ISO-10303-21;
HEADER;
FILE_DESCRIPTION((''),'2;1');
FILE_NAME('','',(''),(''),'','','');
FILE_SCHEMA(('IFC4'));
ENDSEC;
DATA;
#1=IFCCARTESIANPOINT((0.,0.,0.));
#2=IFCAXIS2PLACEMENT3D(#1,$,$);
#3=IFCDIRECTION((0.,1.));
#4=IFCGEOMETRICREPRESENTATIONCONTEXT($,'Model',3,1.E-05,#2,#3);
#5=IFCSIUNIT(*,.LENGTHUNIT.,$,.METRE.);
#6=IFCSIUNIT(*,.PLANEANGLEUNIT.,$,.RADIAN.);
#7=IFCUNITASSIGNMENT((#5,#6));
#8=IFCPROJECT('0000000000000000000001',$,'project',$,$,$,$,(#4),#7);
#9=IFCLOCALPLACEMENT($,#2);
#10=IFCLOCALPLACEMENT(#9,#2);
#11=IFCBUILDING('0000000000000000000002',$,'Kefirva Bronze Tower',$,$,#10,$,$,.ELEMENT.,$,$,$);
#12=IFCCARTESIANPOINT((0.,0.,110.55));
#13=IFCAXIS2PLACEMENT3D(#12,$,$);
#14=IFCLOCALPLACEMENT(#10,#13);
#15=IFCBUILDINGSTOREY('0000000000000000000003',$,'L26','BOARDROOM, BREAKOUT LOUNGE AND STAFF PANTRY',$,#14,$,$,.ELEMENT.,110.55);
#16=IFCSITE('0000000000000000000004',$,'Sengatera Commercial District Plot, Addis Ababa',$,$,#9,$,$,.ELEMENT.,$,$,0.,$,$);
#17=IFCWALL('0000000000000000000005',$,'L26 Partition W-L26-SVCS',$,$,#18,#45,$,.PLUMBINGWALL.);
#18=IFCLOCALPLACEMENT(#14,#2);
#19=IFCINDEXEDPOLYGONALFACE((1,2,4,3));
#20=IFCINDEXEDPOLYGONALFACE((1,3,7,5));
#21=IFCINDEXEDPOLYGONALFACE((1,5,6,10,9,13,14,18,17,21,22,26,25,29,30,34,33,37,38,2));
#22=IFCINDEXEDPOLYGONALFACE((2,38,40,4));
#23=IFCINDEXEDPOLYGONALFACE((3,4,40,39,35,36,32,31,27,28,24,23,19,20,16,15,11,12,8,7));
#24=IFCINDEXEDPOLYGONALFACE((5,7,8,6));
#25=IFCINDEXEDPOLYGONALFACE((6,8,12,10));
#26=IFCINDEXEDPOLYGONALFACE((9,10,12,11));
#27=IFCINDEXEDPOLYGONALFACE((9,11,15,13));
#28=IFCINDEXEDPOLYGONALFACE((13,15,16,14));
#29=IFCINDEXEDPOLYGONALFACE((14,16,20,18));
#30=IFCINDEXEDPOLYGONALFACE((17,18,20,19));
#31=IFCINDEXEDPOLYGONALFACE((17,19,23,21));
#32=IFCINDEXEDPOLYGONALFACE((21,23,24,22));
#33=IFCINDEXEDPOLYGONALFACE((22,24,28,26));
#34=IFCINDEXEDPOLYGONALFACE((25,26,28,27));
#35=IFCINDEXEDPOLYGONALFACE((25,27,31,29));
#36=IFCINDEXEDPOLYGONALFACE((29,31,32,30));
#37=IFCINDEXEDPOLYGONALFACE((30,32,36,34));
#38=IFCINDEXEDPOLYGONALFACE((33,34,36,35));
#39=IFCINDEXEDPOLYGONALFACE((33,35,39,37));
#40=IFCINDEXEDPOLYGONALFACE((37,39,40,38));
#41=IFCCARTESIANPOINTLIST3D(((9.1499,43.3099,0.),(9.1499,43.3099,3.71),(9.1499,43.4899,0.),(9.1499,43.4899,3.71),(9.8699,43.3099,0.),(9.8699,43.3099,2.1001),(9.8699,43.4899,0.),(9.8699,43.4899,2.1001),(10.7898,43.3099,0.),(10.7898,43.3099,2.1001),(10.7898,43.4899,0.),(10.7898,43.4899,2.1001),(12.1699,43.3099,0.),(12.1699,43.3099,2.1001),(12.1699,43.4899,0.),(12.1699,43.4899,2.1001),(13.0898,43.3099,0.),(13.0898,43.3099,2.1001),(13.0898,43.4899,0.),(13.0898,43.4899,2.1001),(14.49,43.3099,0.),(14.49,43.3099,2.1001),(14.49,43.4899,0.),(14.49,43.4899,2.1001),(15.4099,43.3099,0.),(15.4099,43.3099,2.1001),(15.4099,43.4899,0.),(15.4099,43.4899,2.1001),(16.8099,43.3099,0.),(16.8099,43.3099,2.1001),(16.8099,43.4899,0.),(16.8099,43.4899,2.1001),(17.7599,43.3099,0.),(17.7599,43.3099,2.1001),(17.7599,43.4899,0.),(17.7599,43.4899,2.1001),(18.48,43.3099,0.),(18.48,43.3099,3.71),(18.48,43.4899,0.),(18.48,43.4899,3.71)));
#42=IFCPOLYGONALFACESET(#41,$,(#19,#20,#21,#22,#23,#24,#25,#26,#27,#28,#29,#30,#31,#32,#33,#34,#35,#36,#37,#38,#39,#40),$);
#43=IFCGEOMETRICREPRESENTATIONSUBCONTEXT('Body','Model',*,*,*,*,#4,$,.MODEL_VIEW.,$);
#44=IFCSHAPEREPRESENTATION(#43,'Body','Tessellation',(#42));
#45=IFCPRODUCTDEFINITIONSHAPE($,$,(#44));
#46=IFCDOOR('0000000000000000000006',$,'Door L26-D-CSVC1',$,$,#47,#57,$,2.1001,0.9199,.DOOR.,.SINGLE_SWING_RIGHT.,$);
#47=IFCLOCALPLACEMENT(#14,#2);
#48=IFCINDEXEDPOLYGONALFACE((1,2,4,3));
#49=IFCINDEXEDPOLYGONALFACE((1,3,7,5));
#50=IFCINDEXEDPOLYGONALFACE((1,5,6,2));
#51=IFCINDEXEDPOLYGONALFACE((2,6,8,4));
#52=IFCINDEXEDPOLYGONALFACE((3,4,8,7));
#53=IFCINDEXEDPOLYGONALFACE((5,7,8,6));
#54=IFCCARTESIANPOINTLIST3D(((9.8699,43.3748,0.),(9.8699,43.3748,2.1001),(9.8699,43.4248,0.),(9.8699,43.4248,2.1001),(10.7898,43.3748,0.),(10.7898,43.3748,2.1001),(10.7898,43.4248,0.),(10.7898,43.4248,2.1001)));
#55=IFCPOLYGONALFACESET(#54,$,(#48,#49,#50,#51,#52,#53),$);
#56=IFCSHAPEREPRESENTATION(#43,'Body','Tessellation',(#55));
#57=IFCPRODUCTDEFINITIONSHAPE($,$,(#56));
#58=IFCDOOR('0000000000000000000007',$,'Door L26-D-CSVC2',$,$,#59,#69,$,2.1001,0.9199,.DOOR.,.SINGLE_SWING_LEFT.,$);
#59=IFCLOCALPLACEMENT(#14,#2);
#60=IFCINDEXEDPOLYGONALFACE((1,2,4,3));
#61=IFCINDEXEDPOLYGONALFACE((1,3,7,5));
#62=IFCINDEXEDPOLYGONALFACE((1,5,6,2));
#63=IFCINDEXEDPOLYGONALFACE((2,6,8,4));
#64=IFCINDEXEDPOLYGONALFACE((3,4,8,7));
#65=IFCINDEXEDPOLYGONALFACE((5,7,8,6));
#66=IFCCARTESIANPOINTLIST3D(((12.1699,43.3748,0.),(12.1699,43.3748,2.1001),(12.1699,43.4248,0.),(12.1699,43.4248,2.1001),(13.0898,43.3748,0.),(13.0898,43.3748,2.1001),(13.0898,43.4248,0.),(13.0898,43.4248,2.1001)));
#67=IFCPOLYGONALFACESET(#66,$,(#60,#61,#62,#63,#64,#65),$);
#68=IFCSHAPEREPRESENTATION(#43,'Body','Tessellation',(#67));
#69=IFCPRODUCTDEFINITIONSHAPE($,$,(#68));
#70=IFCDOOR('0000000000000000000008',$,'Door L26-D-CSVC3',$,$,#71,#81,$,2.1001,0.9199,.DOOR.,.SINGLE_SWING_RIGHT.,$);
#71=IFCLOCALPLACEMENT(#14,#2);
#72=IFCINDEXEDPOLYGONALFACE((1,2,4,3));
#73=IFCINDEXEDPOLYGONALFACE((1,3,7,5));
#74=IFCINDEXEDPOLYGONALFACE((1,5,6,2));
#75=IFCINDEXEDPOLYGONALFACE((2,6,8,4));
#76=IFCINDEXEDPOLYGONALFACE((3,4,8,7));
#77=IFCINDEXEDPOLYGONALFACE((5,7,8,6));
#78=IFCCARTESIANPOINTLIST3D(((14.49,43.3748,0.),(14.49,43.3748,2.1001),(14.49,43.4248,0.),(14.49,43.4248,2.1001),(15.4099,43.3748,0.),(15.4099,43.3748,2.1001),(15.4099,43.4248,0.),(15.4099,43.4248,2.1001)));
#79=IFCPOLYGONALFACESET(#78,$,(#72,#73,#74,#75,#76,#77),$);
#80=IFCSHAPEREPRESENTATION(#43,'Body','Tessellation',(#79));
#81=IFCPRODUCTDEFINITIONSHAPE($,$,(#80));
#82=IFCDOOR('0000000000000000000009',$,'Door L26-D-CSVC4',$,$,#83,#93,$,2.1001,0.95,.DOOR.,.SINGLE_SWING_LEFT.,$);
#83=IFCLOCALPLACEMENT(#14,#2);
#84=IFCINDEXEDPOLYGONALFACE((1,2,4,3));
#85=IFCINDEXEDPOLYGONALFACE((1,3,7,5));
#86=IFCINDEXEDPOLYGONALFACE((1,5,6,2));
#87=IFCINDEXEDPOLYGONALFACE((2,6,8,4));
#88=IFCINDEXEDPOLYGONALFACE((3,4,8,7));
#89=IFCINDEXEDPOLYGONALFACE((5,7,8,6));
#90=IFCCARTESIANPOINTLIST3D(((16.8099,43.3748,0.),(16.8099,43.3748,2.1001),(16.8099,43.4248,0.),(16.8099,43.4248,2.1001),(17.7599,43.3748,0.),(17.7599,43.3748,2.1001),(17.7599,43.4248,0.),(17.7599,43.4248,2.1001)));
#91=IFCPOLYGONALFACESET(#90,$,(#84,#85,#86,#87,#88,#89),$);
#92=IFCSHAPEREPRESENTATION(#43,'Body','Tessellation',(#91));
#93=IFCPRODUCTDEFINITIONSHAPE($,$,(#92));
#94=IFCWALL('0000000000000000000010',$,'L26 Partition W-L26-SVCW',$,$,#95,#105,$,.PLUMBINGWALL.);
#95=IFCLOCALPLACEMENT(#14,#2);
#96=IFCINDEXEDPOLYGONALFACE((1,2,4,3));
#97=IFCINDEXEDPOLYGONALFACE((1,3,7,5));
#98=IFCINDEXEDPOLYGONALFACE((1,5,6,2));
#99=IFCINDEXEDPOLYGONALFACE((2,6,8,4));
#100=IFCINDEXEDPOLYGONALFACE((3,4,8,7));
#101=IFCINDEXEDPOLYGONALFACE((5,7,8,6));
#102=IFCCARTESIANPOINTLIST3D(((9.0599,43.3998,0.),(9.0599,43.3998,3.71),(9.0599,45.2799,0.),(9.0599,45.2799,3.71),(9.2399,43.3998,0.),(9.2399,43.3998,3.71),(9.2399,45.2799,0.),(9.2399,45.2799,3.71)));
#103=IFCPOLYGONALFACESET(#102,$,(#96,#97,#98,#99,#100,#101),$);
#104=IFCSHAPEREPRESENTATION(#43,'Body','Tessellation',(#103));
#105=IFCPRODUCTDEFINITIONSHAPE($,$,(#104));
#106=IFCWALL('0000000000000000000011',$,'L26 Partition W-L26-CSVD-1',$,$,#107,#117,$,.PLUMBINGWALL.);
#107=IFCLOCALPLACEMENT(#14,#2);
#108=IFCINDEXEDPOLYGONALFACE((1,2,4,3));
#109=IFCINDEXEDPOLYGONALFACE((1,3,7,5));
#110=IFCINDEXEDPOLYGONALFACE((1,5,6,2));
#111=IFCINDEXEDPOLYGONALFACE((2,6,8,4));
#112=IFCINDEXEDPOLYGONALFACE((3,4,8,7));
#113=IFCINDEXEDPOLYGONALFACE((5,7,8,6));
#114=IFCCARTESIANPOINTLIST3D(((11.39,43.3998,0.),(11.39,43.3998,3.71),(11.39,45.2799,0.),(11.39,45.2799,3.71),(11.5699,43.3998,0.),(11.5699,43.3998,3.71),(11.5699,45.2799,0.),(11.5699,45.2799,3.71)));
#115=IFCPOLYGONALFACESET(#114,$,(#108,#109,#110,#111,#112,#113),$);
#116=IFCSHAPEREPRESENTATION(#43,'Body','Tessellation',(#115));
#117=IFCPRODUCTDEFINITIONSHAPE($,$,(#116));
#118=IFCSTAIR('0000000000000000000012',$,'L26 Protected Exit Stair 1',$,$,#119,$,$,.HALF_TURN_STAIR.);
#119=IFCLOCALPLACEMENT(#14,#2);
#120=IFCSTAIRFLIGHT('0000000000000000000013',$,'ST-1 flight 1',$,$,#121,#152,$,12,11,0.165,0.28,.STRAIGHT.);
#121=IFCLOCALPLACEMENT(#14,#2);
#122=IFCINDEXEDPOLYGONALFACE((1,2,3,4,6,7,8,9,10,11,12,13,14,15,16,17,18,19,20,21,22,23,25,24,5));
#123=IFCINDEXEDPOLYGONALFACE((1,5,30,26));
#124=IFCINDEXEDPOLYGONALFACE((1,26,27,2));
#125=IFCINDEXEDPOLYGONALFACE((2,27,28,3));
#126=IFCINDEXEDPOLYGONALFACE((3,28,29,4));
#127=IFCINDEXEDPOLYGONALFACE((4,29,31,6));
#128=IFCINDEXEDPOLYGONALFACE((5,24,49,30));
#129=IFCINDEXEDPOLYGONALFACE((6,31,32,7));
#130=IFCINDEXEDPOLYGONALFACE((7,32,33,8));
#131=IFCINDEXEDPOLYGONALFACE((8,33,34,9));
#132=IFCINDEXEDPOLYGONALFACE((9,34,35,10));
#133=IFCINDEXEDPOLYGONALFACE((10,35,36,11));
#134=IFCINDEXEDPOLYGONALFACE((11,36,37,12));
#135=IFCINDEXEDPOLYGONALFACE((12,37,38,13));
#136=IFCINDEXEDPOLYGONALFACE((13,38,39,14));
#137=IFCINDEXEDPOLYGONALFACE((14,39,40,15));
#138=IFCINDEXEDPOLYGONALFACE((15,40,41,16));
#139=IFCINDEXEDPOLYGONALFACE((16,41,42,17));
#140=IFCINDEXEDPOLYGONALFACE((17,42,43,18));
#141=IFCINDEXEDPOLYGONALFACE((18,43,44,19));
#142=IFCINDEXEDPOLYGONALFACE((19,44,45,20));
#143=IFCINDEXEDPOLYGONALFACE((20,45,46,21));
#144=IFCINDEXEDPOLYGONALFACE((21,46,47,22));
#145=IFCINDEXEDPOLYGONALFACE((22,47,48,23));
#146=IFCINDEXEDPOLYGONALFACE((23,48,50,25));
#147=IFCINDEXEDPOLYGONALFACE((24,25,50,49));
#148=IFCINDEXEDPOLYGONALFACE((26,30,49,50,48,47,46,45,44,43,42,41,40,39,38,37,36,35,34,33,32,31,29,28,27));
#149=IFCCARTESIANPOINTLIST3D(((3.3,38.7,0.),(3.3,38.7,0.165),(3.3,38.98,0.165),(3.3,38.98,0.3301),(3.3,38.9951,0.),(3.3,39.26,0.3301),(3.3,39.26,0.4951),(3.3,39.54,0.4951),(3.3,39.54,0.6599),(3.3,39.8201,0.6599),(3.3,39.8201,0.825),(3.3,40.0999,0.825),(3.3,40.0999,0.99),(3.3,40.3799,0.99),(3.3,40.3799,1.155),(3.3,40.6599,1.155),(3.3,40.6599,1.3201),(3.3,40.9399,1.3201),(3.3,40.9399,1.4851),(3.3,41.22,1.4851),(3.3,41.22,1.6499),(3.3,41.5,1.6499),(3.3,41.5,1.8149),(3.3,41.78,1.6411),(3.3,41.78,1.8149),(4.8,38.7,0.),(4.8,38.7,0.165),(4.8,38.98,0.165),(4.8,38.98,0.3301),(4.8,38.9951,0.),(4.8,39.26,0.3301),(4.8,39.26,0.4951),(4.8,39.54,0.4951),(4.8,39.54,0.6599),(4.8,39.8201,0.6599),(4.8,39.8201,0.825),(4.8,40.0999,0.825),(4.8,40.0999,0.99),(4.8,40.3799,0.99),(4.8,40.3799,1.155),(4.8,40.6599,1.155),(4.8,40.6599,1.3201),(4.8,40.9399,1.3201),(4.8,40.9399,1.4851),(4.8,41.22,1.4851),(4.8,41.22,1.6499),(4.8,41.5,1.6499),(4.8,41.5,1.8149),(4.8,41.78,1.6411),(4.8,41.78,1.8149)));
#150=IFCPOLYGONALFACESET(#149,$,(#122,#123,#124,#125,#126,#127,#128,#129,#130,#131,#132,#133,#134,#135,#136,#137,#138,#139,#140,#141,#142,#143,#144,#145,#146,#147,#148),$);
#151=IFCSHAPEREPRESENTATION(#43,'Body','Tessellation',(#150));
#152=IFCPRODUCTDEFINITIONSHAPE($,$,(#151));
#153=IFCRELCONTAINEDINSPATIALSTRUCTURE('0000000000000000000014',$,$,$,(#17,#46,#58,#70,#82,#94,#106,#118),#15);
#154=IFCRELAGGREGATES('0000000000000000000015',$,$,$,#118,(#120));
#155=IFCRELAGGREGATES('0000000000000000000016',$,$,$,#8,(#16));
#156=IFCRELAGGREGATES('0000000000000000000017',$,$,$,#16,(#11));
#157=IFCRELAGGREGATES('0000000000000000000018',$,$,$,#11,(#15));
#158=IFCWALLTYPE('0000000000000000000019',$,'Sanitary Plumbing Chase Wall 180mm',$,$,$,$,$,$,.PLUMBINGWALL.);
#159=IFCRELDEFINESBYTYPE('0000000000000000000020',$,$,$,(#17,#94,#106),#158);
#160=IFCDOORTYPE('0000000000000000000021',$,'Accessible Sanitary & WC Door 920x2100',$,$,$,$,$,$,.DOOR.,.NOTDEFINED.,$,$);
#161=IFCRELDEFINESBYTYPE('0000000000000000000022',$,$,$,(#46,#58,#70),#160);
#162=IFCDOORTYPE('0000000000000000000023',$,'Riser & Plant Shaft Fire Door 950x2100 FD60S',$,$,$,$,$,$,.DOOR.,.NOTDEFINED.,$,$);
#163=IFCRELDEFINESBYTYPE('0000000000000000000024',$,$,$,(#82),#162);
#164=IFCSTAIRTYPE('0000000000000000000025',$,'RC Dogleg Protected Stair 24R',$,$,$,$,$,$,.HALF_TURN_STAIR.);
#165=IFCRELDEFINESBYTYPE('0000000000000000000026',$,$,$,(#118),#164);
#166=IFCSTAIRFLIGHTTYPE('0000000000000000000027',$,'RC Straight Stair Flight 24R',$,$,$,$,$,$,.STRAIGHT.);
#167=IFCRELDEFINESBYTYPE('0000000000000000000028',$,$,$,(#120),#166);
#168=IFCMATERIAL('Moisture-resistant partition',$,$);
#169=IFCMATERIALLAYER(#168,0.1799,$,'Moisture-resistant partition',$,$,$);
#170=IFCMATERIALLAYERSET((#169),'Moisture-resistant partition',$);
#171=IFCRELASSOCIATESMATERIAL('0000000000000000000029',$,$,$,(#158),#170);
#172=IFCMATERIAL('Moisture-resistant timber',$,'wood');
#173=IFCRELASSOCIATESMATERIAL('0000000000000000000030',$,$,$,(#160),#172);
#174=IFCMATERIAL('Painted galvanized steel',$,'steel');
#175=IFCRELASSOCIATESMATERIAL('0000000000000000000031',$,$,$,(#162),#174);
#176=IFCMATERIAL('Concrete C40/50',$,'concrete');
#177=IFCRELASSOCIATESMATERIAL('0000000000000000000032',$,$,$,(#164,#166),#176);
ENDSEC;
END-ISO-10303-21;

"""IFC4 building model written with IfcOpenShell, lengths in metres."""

from ifc_helpers import new_model, si_unit, direction, frame, frame_2d, origin, place, context, subcontext, project, spatial, polyline, rectangle, outline, extrude, material, layer, layer_set, type_object, element, fill, aggregate, save


model = new_model("IFC4")

# Units and contexts
model_context = context("Model", 3, precision=1e-05, world=origin(), true_north=direction((0.0, 1.0)))
body_context = subcontext(model_context, "Body", "Model", "MODEL_VIEW")
ifc_project = project(units=[si_unit("LENGTHUNIT", "METRE"), si_unit("PLANEANGLEUNIT", "RADIAN")], contexts=[model_context])

# Site, building, storey
site_placement = place(None, origin())
site = spatial("IfcSite", under=ifc_project, at=site_placement, Name="Sengatera Commercial District Plot, Addis Ababa", CompositionType="ELEMENT", RefElevation=0.0)
building_placement = place(site_placement, origin())
building = spatial("IfcBuilding", under=site, at=building_placement, Name="Kefirva Bronze Tower", CompositionType="ELEMENT")
storey_placement = place(building_placement, frame((0.0, 0.0, 110.55)))
storey = spatial("IfcBuildingStorey", under=building, at=storey_placement, Name="L26", Description="BOARDROOM, BREAKOUT LOUNGE AND STAFF PANTRY", CompositionType="ELEMENT", Elevation=110.55)

# Wall, openings, doors
ifc_material_1 = material(Name="Moisture-resistant partition")
ifc_layer_1 = layer(ifc_material_1, 0.1799, Name="Moisture-resistant partition")
ifc_layer_set_1 = layer_set([ifc_layer_1], Name="Moisture-resistant partition")
wall_type_1 = type_object("IfcWallType", Name="Sanitary Plumbing Chase Wall 180mm", PredefinedType="PLUMBINGWALL", material=ifc_layer_set_1)
wall_1_placement = place(storey_placement, frame((9.1499, 43.3999, 0.0), z_axis=(0.0, 0.0, 1.0), x_axis=(1.0, 0.0, 0.0)))
wall_1 = element("IfcWall", 1, at=wall_1_placement, inside=storey, type_object=wall_type_1, Name="L26 Partition W-L26-SVCS", PredefinedType="PLUMBINGWALL", context=body_context, shape_type="SweptSolid", body=[
    extrude(rectangle(XDim=9.3301, YDim=0.1799, at=frame_2d((4.665, 0.0))), origin(), (0.0, 0.0, 1.0), 3.71),
])
opening_1_placement = place(wall_1_placement, frame((0.72, 0.0, 0.0)))
opening_1 = element("IfcOpeningElement", 2, at=opening_1_placement, cuts=wall_1, PredefinedType="OPENING", context=body_context, shape_type="SweptSolid", body=[
    extrude(rectangle(XDim=0.9199, YDim=2.1001, at=frame_2d((0.46, 1.05))), frame((0.0, 0.1001, 0.0), z_axis=(0.0, -1.0, 0.0), x_axis=(1.0, 0.0, 0.0)), (0.0, 0.0, 1.0), 0.2),
])
opening_2_placement = place(wall_1_placement, frame((3.02, 0.0, 0.0)))
opening_2 = element("IfcOpeningElement", 3, at=opening_2_placement, cuts=wall_1, PredefinedType="OPENING", context=body_context, shape_type="SweptSolid", body=[
    extrude(rectangle(XDim=0.9199, YDim=2.1001, at=frame_2d((0.46, 1.05))), frame((0.0, 0.1001, 0.0), z_axis=(0.0, -1.0, 0.0), x_axis=(1.0, 0.0, 0.0)), (0.0, 0.0, 1.0), 0.2),
])
opening_3_placement = place(wall_1_placement, frame((5.3401, 0.0, 0.0)))
opening_3 = element("IfcOpeningElement", 4, at=opening_3_placement, cuts=wall_1, PredefinedType="OPENING", context=body_context, shape_type="SweptSolid", body=[
    extrude(rectangle(XDim=0.9199, YDim=2.1001, at=frame_2d((0.46, 1.05))), frame((0.0, 0.1001, 0.0), z_axis=(0.0, -1.0, 0.0), x_axis=(1.0, 0.0, 0.0)), (0.0, 0.0, 1.0), 0.2),
])
opening_4_placement = place(wall_1_placement, frame((7.6599, 0.0, 0.0)))
opening_4 = element("IfcOpeningElement", 5, at=opening_4_placement, cuts=wall_1, PredefinedType="OPENING", context=body_context, shape_type="SweptSolid", body=[
    extrude(rectangle(XDim=0.95, YDim=2.1001, at=frame_2d((0.4751, 1.05))), frame((0.0, 0.1001, 0.0), z_axis=(0.0, -1.0, 0.0), x_axis=(1.0, 0.0, 0.0)), (0.0, 0.0, 1.0), 0.2),
])
ifc_material_2 = material(Name="Moisture-resistant timber", Category="wood")
door_type_1 = type_object("IfcDoorType", Name="Accessible Sanitary & WC Door 920x2100", OperationType="NOTDEFINED", PredefinedType="DOOR", material=ifc_material_2)
door_1_placement = place(opening_1_placement, origin())
door_1 = element("IfcDoor", 6, at=door_1_placement, inside=storey, type_object=door_type_1, Name="Door L26-D-CSVC1", OperationType="SINGLE_SWING_RIGHT", OverallHeight=2.1001, OverallWidth=0.9199, PredefinedType="DOOR", context=body_context, shape_type="SweptSolid", body=[
    extrude(rectangle(XDim=0.9199, YDim=2.1001, at=frame_2d((0.46, 1.05))), frame((0.0, 0.0249, 0.0), z_axis=(0.0, -1.0, 0.0), x_axis=(1.0, 0.0, 0.0)), (0.0, 0.0, 1.0), 0.05),
])
fill(opening_1, door_1)
door_2_placement = place(opening_2_placement, origin())
door_2 = element("IfcDoor", 7, at=door_2_placement, inside=storey, type_object=door_type_1, Name="Door L26-D-CSVC2", OperationType="SINGLE_SWING_LEFT", OverallHeight=2.1001, OverallWidth=0.9199, PredefinedType="DOOR", context=body_context, shape_type="SweptSolid", body=[
    extrude(rectangle(XDim=0.9199, YDim=2.1001, at=frame_2d((0.46, 1.05))), frame((0.0, 0.0249, 0.0), z_axis=(0.0, -1.0, 0.0), x_axis=(1.0, 0.0, 0.0)), (0.0, 0.0, 1.0), 0.05),
])
fill(opening_2, door_2)
door_3_placement = place(opening_3_placement, origin())
door_3 = element("IfcDoor", 8, at=door_3_placement, inside=storey, type_object=door_type_1, Name="Door L26-D-CSVC3", OperationType="SINGLE_SWING_RIGHT", OverallHeight=2.1001, OverallWidth=0.9199, PredefinedType="DOOR", context=body_context, shape_type="SweptSolid", body=[
    extrude(rectangle(XDim=0.9199, YDim=2.1001, at=frame_2d((0.46, 1.05))), frame((0.0, 0.0249, 0.0), z_axis=(0.0, -1.0, 0.0), x_axis=(1.0, 0.0, 0.0)), (0.0, 0.0, 1.0), 0.05),
])
fill(opening_3, door_3)
ifc_material_3 = material(Name="Painted galvanized steel", Category="steel")
door_type_2 = type_object("IfcDoorType", Name="Riser & Plant Shaft Fire Door 950x2100 FD60S", OperationType="NOTDEFINED", PredefinedType="DOOR", material=ifc_material_3)
door_4_placement = place(opening_4_placement, origin())
door_4 = element("IfcDoor", 9, at=door_4_placement, inside=storey, type_object=door_type_2, Name="Door L26-D-CSVC4", OperationType="SINGLE_SWING_LEFT", OverallHeight=2.1001, OverallWidth=0.95, PredefinedType="DOOR", context=body_context, shape_type="SweptSolid", body=[
    extrude(rectangle(XDim=0.95, YDim=2.1001, at=frame_2d((0.4751, 1.05))), frame((0.0, 0.0249, 0.0), z_axis=(0.0, -1.0, 0.0), x_axis=(1.0, 0.0, 0.0)), (0.0, 0.0, 1.0), 0.05),
])
fill(opening_4, door_4)

# Walls
for number, where, z_axis, x_axis, name in (
    (10, (9.1499, 43.3999, 0.0), (0.0, 0.0, 1.0), (0.0, 1.0, 0.0), "L26 Partition W-L26-SVCW"),
    (11, (11.48, 43.3999, 0.0), (0.0, 0.0, 1.0), (0.0, 1.0, 0.0), "L26 Partition W-L26-CSVD-1"),
):
    element("IfcWall", number, at=place(storey_placement, frame(where, z_axis=z_axis, x_axis=x_axis)), inside=storey, type_object=wall_type_1, Name=name, PredefinedType="PLUMBINGWALL", context=body_context, shape_type="SweptSolid", body=[
        extrude(rectangle(XDim=1.8801, YDim=0.1799, at=frame_2d((0.9399, 0.0))), origin(), (0.0, 0.0, 1.0), 3.71),
    ])

# Stair, stair flight
ifc_material_4 = material(Name="Concrete C40/50", Category="concrete")
stair_type = type_object("IfcStairType", Name="RC Dogleg Protected Stair 24R", PredefinedType="HALF_TURN_STAIR", material=ifc_material_4)
stair_placement = place(storey_placement, origin())
stair = element("IfcStair", 12, at=stair_placement, inside=storey, type_object=stair_type, Name="L26 Protected Exit Stair 1", PredefinedType="HALF_TURN_STAIR")
stair_flight_type = type_object("IfcStairFlightType", Name="RC Straight Stair Flight 24R", PredefinedType="STRAIGHT", material=ifc_material_4)
stair_flight_1_placement = place(storey_placement, frame((4.05, 38.7, 0.0), z_axis=(0.0, 0.0, 1.0), x_axis=(0.0, 1.0, 0.0)))
stair_flight_1 = element("IfcStairFlight", 13, at=stair_flight_1_placement, type_object=stair_flight_type, Name="ST-1 flight 1", NumberOfRisers=12, NumberOfTreads=11, PredefinedType="STRAIGHT", RiserHeight=0.165, TreadLength=0.28, context=body_context, shape_type="SweptSolid", body=[
    extrude(outline(polyline([(0.0, 0.0), (0.0, 0.165), (0.28, 0.165), (0.28, 0.3301), (0.5601, 0.3301), (0.5601, 0.4951), (0.8401, 0.4951), (0.8401, 0.6599), (1.1201, 0.6599), (1.1201, 0.825), (1.3999, 0.825), (1.3999, 0.99), (1.6799, 0.99), (1.6799, 1.155), (1.96, 1.155), (1.96, 1.3201), (2.24, 1.3201), (2.24, 1.4851), (2.52, 1.4851), (2.52, 1.6499), (2.8, 1.6499), (2.8, 1.8149), (3.0801, 1.8149), (3.0801, 1.98), (3.0801, 1.6411), (0.2952, 0.0), (0.0, 0.0)])), frame((0.0, 0.75, 0.0), z_axis=(0.0, -1.0, 0.0), x_axis=(1.0, 0.0, 0.0)), (0.0, 0.0, 1.0), 1.5),
])
aggregate(stair, [stair_flight_1])

save(model, "model.ifc")
